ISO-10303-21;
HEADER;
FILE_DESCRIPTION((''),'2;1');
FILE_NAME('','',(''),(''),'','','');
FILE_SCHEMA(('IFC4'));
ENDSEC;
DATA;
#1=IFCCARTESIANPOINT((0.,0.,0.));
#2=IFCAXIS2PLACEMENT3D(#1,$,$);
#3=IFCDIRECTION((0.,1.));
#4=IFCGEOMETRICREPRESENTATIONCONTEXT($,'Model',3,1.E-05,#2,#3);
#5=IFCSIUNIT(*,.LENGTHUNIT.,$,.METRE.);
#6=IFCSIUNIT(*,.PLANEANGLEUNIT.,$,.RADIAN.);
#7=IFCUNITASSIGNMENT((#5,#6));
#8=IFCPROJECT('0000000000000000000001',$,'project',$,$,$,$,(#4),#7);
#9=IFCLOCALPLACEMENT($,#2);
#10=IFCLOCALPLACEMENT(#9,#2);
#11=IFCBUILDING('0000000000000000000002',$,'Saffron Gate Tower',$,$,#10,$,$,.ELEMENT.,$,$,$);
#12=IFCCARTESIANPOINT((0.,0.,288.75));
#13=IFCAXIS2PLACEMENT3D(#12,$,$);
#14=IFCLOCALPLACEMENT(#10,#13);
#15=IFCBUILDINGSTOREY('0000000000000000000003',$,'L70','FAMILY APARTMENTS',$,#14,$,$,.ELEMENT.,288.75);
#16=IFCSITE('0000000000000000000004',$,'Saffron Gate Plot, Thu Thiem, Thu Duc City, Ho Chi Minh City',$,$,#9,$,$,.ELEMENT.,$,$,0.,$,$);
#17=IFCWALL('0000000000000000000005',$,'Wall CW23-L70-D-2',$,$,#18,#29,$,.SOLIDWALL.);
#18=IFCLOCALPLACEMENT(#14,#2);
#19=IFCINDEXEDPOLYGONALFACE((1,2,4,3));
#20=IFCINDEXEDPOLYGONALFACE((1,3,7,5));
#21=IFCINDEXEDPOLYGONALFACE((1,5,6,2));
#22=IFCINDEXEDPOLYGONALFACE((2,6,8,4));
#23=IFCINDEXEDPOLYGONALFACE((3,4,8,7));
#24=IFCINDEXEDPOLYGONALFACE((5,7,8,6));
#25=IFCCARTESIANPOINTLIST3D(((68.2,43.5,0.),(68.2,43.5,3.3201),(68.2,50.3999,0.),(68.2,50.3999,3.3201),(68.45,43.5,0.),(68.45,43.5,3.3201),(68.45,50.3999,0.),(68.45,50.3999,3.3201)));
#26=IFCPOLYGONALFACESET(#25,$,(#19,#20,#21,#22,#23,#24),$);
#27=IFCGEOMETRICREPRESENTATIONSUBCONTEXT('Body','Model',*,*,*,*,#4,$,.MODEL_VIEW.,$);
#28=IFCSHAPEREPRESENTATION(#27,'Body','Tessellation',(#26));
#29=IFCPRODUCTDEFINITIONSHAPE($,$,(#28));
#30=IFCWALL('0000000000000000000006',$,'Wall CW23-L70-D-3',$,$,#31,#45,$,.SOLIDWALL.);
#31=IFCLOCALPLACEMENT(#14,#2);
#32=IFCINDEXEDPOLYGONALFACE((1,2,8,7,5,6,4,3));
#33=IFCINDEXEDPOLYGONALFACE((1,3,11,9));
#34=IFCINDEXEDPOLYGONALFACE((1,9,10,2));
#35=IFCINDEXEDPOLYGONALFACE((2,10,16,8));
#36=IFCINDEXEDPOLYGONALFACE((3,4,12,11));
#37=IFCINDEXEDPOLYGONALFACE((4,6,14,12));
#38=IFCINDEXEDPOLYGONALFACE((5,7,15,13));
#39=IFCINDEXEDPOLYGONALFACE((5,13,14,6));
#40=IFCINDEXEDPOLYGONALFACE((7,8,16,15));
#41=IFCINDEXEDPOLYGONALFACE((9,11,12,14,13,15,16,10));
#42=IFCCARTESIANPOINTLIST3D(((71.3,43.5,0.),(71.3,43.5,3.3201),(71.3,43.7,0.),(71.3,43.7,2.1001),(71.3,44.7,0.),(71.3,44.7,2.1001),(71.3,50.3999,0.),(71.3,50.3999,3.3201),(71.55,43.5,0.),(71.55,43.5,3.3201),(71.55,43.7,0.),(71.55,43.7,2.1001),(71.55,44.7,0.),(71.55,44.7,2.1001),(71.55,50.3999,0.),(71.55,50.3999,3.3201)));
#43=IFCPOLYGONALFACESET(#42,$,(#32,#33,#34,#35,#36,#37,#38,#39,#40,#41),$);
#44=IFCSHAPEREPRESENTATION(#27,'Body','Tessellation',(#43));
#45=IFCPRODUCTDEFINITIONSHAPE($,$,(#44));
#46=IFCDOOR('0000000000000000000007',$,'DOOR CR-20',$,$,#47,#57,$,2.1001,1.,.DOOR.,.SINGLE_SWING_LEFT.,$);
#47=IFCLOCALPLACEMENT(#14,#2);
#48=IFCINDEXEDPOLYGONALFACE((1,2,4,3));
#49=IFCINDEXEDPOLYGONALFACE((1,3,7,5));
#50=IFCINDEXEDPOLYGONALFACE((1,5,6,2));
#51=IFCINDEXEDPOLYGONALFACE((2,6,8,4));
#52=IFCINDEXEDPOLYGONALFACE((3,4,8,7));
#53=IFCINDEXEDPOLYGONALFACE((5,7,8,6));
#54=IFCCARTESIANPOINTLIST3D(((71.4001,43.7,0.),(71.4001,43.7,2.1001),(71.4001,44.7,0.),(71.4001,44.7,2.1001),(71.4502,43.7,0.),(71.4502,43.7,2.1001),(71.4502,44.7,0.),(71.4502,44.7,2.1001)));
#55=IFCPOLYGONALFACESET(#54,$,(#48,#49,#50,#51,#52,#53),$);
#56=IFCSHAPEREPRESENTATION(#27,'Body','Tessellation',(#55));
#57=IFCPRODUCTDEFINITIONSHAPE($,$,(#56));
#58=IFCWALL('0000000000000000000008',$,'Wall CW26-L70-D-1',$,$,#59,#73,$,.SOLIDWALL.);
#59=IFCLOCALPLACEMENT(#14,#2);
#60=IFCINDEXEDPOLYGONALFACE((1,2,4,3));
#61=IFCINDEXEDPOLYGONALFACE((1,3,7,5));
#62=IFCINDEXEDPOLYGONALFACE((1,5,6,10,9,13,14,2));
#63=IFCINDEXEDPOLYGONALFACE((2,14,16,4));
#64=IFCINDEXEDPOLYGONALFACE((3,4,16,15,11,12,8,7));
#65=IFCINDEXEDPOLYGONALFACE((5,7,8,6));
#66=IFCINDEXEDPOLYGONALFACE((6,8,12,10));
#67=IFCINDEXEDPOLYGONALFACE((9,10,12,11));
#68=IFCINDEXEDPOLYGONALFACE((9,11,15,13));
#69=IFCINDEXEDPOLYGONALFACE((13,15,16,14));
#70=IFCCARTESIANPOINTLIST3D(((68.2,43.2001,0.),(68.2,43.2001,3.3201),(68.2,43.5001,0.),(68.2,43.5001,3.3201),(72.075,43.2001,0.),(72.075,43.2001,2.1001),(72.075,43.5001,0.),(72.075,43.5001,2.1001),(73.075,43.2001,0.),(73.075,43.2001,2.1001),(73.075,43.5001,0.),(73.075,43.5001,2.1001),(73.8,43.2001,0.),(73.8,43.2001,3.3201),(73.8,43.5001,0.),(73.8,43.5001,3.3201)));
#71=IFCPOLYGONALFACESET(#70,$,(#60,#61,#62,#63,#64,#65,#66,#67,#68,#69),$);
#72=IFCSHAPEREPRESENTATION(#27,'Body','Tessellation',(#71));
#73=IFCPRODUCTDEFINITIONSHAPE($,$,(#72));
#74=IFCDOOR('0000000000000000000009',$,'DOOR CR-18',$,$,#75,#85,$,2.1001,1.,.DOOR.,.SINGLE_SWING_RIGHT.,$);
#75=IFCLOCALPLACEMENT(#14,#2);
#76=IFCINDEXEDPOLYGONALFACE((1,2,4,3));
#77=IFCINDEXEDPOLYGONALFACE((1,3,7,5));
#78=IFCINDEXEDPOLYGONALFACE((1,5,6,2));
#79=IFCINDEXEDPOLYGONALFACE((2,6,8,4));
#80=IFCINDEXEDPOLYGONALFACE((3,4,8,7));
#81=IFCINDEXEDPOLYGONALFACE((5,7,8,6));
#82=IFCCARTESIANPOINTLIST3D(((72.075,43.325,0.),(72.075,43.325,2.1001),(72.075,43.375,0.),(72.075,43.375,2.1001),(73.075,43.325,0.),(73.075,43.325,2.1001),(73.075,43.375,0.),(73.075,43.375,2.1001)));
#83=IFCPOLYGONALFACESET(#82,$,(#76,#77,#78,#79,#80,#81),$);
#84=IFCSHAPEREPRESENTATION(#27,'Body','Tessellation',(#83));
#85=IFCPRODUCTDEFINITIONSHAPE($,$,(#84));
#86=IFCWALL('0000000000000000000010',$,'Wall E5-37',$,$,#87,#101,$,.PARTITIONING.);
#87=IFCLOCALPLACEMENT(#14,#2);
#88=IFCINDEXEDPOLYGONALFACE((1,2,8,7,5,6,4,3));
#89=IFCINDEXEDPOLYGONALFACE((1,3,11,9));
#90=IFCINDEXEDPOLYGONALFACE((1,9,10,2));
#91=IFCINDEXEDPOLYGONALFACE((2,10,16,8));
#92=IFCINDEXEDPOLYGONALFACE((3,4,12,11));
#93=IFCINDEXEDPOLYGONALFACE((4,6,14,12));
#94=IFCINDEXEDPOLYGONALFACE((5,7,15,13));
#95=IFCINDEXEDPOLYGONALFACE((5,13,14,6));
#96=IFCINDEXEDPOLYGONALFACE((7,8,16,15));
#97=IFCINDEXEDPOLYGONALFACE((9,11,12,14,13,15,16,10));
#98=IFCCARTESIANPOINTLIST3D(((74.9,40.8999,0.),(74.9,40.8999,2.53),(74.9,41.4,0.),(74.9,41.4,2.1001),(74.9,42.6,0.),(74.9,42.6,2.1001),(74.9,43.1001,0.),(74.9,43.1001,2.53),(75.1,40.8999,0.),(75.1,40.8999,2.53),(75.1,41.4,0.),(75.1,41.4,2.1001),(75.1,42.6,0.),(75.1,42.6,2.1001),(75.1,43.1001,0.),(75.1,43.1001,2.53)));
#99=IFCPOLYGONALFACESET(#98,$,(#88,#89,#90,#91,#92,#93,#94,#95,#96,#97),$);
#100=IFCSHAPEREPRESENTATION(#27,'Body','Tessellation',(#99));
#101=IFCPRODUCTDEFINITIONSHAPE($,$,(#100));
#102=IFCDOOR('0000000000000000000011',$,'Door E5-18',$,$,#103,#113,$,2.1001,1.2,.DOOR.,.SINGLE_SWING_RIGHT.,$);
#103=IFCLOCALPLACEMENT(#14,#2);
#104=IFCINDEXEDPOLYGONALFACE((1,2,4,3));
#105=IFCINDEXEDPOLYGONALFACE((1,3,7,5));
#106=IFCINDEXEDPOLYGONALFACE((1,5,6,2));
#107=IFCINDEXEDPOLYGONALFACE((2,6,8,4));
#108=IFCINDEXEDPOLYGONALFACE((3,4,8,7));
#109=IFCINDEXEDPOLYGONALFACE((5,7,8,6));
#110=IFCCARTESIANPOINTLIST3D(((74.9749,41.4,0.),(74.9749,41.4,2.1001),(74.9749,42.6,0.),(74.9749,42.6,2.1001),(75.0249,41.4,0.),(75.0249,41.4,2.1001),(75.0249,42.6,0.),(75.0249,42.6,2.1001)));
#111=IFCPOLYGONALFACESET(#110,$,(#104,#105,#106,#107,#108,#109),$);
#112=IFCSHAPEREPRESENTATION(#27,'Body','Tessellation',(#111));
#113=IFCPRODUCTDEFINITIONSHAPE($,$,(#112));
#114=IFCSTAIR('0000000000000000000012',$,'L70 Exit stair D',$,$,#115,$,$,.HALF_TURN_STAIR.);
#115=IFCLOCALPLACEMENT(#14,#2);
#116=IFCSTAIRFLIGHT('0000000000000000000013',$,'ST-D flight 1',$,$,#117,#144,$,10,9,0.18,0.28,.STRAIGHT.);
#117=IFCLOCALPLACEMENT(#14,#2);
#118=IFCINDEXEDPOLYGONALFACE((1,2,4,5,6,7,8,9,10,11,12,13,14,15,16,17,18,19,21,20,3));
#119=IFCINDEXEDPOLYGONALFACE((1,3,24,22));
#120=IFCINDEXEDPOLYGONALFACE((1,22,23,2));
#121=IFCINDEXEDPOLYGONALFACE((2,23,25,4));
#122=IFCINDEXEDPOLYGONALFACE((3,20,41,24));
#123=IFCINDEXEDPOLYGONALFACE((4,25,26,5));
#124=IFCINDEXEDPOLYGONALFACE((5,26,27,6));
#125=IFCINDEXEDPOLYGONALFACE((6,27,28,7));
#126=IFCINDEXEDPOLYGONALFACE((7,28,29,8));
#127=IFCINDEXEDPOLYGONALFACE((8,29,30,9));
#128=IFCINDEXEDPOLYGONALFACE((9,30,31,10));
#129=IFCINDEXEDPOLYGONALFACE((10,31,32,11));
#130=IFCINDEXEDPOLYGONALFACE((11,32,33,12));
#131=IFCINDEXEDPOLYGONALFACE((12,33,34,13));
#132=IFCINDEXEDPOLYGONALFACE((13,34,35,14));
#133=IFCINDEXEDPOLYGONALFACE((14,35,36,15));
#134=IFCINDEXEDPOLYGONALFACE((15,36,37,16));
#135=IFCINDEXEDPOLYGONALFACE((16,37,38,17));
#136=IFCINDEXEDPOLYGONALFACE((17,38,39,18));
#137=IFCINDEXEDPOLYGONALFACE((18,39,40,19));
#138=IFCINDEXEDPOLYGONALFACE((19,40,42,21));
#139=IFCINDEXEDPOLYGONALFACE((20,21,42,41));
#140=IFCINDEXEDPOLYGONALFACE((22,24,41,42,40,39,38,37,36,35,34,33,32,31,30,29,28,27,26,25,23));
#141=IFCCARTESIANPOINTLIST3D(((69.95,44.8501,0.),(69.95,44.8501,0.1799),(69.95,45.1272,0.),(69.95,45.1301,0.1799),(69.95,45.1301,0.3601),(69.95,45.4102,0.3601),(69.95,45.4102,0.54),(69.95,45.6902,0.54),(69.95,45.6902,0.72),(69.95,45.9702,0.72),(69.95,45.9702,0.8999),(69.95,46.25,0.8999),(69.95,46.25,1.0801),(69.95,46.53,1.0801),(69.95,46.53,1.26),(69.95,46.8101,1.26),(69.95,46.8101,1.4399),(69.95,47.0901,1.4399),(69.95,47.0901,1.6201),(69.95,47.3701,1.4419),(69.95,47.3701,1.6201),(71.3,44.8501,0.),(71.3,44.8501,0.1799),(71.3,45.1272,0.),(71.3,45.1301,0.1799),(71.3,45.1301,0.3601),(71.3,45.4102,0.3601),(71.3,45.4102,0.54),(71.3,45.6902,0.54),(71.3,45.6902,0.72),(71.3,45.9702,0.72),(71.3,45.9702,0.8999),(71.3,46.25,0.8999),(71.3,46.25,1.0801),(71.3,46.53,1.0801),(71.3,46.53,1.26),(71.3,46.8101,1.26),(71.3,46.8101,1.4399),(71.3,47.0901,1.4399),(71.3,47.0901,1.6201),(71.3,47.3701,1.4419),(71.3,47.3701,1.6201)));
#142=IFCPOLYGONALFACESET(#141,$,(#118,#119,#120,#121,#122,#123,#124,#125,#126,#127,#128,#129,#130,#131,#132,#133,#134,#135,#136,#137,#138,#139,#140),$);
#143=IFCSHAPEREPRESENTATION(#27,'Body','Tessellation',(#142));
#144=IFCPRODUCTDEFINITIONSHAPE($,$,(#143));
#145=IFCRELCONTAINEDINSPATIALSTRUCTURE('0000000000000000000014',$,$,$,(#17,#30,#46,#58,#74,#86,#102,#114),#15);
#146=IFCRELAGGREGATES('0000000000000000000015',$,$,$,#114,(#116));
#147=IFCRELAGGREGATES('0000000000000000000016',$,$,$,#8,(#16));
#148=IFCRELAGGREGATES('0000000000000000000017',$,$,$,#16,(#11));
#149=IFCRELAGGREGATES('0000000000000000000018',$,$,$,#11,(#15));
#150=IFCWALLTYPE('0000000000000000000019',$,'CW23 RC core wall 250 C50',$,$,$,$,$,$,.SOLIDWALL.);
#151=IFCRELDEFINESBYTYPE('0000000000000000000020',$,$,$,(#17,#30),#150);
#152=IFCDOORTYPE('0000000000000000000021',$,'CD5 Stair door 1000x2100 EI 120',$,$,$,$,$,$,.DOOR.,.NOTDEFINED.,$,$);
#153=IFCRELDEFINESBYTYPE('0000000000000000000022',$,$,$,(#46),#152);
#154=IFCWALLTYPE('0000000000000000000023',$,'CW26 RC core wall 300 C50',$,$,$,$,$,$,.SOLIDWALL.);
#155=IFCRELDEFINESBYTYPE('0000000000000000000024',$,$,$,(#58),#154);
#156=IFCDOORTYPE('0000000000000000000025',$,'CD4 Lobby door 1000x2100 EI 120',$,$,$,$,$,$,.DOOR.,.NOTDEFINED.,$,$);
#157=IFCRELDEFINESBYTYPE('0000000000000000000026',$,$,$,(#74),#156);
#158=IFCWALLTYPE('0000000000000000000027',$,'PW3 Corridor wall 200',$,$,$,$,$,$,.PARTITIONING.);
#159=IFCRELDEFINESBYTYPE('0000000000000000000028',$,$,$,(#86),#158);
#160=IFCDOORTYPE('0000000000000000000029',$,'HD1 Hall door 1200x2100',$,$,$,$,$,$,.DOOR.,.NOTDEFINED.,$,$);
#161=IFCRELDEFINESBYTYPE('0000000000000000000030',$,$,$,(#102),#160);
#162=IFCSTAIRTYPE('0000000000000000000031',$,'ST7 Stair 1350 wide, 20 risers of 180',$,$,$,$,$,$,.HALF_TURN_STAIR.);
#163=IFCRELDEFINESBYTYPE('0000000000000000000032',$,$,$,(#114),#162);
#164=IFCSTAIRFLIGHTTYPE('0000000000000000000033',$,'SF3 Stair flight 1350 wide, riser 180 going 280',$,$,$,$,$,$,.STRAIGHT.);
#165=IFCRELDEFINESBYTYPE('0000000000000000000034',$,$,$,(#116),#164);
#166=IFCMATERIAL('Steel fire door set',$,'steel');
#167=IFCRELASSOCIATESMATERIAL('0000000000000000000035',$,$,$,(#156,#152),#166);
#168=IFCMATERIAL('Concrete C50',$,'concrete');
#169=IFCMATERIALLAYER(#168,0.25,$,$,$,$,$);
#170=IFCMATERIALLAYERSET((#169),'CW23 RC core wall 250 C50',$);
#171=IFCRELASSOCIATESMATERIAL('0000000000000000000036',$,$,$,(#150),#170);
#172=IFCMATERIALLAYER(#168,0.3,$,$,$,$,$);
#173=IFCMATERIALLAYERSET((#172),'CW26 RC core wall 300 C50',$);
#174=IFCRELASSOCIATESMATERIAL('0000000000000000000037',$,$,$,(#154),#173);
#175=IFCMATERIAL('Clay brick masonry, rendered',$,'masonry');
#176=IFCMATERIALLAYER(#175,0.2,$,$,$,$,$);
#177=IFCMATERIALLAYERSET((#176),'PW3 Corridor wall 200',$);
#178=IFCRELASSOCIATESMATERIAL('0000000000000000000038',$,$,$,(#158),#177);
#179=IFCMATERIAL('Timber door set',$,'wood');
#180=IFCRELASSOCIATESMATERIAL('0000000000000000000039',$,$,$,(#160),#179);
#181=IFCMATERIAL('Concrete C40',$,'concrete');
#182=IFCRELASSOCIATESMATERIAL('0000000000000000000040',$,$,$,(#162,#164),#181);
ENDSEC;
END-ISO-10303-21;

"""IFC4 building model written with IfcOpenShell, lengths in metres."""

from ifc_helpers import new_model, si_unit, direction, frame, frame_2d, origin, place, context, subcontext, project, spatial, polyline, rectangle, outline, extrude, material, layer, layer_set, type_object, element, fill, aggregate, save


model = new_model("IFC4")

# Units and contexts
model_context = context("Model", 3, precision=1e-05, world=origin(), true_north=direction((0.0, 1.0)))
body_context = subcontext(model_context, "Body", "Model", "MODEL_VIEW")
ifc_project = project(units=[si_unit("LENGTHUNIT", "METRE"), si_unit("PLANEANGLEUNIT", "RADIAN")], contexts=[model_context])

# Site, building, storey
site_placement = place(None, origin())
site = spatial("IfcSite", under=ifc_project, at=site_placement, Name="Saffron Gate Plot, Thu Thiem, Thu Duc City, Ho Chi Minh City", CompositionType="ELEMENT", RefElevation=0.0)
building_placement = place(site_placement, origin())
building = spatial("IfcBuilding", under=site, at=building_placement, Name="Saffron Gate Tower", CompositionType="ELEMENT")
storey_placement = place(building_placement, frame((0.0, 0.0, 288.75)))
storey = spatial("IfcBuildingStorey", under=building, at=storey_placement, Name="L70", Description="FAMILY APARTMENTS", CompositionType="ELEMENT", Elevation=288.75)

# Shared definitions
ifc_material_1 = material(Name="Concrete C40", Category="concrete")

# Shared definitions
ifc_material_2 = material(Name="Steel fire door set", Category="steel")
door_type_1 = type_object("IfcDoorType", Name="CD4 Lobby door 1000x2100 EI 120", OperationType="NOTDEFINED", PredefinedType="DOOR", material=ifc_material_2)

# Wall
ifc_material_3 = material(Name="Concrete C50", Category="concrete")
ifc_layer_1 = layer(ifc_material_3, 0.25)
ifc_layer_set_1 = layer_set([ifc_layer_1], Name="CW23 RC core wall 250 C50")
wall_type_1 = type_object("IfcWallType", Name="CW23 RC core wall 250 C50", PredefinedType="SOLIDWALL", material=ifc_layer_set_1)
wall_1_placement = place(storey_placement, frame((68.325, 43.5, 0.0), z_axis=(0.0, 0.0, 1.0), x_axis=(0.0, 1.0, 0.0)))
element("IfcWall", 1, at=wall_1_placement, inside=storey, type_object=wall_type_1, Name="Wall CW23-L70-D-2", PredefinedType="SOLIDWALL", context=body_context, shape_type="SweptSolid", body=[
    extrude(rectangle(XDim=6.8999, YDim=0.25, at=frame_2d((3.45, 0.0))), origin(), (0.0, 0.0, 1.0), 3.3201),
])

# Walls, openings, doors
wall_2_placement = place(storey_placement, frame((71.425, 43.5, 0.0), z_axis=(0.0, 0.0, 1.0), x_axis=(0.0, 1.0, 0.0)))
wall_2 = element("IfcWall", 2, at=wall_2_placement, inside=storey, type_object=wall_type_1, Name="Wall CW23-L70-D-3", PredefinedType="SOLIDWALL", context=body_context, shape_type="SweptSolid", body=[
    extrude(rectangle(XDim=6.8999, YDim=0.25, at=frame_2d((3.45, 0.0))), origin(), (0.0, 0.0, 1.0), 3.3201),
])
opening_1_placement = place(wall_2_placement, frame((0.2, 0.0, 0.0)))
opening_1 = element("IfcOpeningElement", 3, at=opening_1_placement, cuts=wall_2, PredefinedType="OPENING", context=body_context, shape_type="SweptSolid", body=[
    extrude(rectangle(XDim=1.0, YDim=2.1001, at=frame_2d((0.5, 1.05))), frame((0.0, 0.135, 0.0), z_axis=(0.0, -1.0, 0.0), x_axis=(1.0, 0.0, 0.0)), (0.0, 0.0, 1.0), 0.27),
])
door_type_2 = type_object("IfcDoorType", Name="CD5 Stair door 1000x2100 EI 120", OperationType="NOTDEFINED", PredefinedType="DOOR", material=ifc_material_2)
door_1_placement = place(opening_1_placement, origin())
door_1 = element("IfcDoor", 4, at=door_1_placement, inside=storey, type_object=door_type_2, Name="DOOR CR-20", OperationType="SINGLE_SWING_LEFT", OverallHeight=2.1001, OverallWidth=1.0, PredefinedType="DOOR", context=body_context, shape_type="SweptSolid", body=[
    extrude(rectangle(XDim=1.0, YDim=2.1001, at=frame_2d((0.5, 1.05))), frame((0.0, 0.0249, 0.0), z_axis=(0.0, -1.0, 0.0), x_axis=(1.0, 0.0, 0.0)), (0.0, 0.0, 1.0), 0.05),
])
fill(opening_1, door_1)
ifc_layer_2 = layer(ifc_material_3, 0.3)
ifc_layer_set_2 = layer_set([ifc_layer_2], Name="CW26 RC core wall 300 C50")
wall_type_2 = type_object("IfcWallType", Name="CW26 RC core wall 300 C50", PredefinedType="SOLIDWALL", material=ifc_layer_set_2)
wall_3_placement = place(storey_placement, frame((68.2, 43.3501, 0.0), z_axis=(0.0, 0.0, 1.0), x_axis=(1.0, 0.0, 0.0)))
wall_3 = element("IfcWall", 5, at=wall_3_placement, inside=storey, type_object=wall_type_2, Name="Wall CW26-L70-D-1", PredefinedType="SOLIDWALL", context=body_context, shape_type="SweptSolid", body=[
    extrude(rectangle(XDim=5.6001, YDim=0.3, at=frame_2d((2.8, 0.0))), origin(), (0.0, 0.0, 1.0), 3.3201),
])
opening_2_placement = place(wall_3_placement, frame((3.875, 0.0, 0.0)))
opening_2 = element("IfcOpeningElement", 6, at=opening_2_placement, cuts=wall_3, PredefinedType="OPENING", context=body_context, shape_type="SweptSolid", body=[
    extrude(rectangle(XDim=1.0, YDim=2.1001, at=frame_2d((0.5, 1.05))), frame((0.0, 0.1602, 0.0), z_axis=(0.0, -1.0, 0.0), x_axis=(1.0, 0.0, 0.0)), (0.0, 0.0, 1.0), 0.3201),
])
door_2_placement = place(opening_2_placement, origin())
door_2 = element("IfcDoor", 7, at=door_2_placement, inside=storey, type_object=door_type_1, Name="DOOR CR-18", OperationType="SINGLE_SWING_RIGHT", OverallHeight=2.1001, OverallWidth=1.0, PredefinedType="DOOR", context=body_context, shape_type="SweptSolid", body=[
    extrude(rectangle(XDim=1.0, YDim=2.1001, at=frame_2d((0.5, 1.05))), frame((0.0, 0.0249, 0.0), z_axis=(0.0, -1.0, 0.0), x_axis=(1.0, 0.0, 0.0)), (0.0, 0.0, 1.0), 0.05),
])
fill(opening_2, door_2)
ifc_material_4 = material(Name="Clay brick masonry, rendered", Category="masonry")
ifc_layer_3 = layer(ifc_material_4, 0.2)
ifc_layer_set_3 = layer_set([ifc_layer_3], Name="PW3 Corridor wall 200")
wall_type_3 = type_object("IfcWallType", Name="PW3 Corridor wall 200", PredefinedType="PARTITIONING", material=ifc_layer_set_3)
wall_4_placement = place(storey_placement, frame((75.0, 43.1001, 0.0), z_axis=(0.0, 0.0, 1.0), x_axis=(0.0, -1.0, 0.0)))
wall_4 = element("IfcWall", 8, at=wall_4_placement, inside=storey, type_object=wall_type_3, Name="Wall E5-37", PredefinedType="PARTITIONING", context=body_context, shape_type="SweptSolid", body=[
    extrude(rectangle(XDim=2.2002, YDim=0.2, at=frame_2d((1.1001, 0.0))), origin(), (0.0, 0.0, 1.0), 2.53),
])
opening_3_placement = place(wall_4_placement, frame((0.5, 0.0, 0.0)))
opening_3 = element("IfcOpeningElement", 9, at=opening_3_placement, cuts=wall_4, PredefinedType="OPENING", context=body_context, shape_type="SweptSolid", body=[
    extrude(rectangle(XDim=1.2, YDim=2.1001, at=frame_2d((0.6001, 1.05))), frame((0.0, 0.1099, 0.0), z_axis=(0.0, -1.0, 0.0), x_axis=(1.0, 0.0, 0.0)), (0.0, 0.0, 1.0), 0.22),
])
ifc_material_5 = material(Name="Timber door set", Category="wood")
door_type_3 = type_object("IfcDoorType", Name="HD1 Hall door 1200x2100", OperationType="NOTDEFINED", PredefinedType="DOOR", material=ifc_material_5)
door_3_placement = place(opening_3_placement, origin())
door_3 = element("IfcDoor", 10, at=door_3_placement, inside=storey, type_object=door_type_3, Name="Door E5-18", OperationType="SINGLE_SWING_RIGHT", OverallHeight=2.1001, OverallWidth=1.2, PredefinedType="DOOR", context=body_context, shape_type="SweptSolid", body=[
    extrude(rectangle(XDim=1.2, YDim=2.1001, at=frame_2d((0.6001, 1.05))), frame((0.0, 0.0249, 0.0), z_axis=(0.0, -1.0, 0.0), x_axis=(1.0, 0.0, 0.0)), (0.0, 0.0, 1.0), 0.05),
])
fill(opening_3, door_3)

# Stair, stair flight
stair_type = type_object("IfcStairType", Name="ST7 Stair 1350 wide, 20 risers of 180", PredefinedType="HALF_TURN_STAIR", material=ifc_material_1)
stair_placement = place(storey_placement, origin())
stair = element("IfcStair", 11, at=stair_placement, inside=storey, type_object=stair_type, Name="L70 Exit stair D", PredefinedType="HALF_TURN_STAIR")
stair_flight_type = type_object("IfcStairFlightType", Name="SF3 Stair flight 1350 wide, riser 180 going 280", PredefinedType="STRAIGHT", material=ifc_material_1)
stair_flight_placement = place(storey_placement, frame((70.625, 44.8501, 0.0), z_axis=(0.0, 0.0, 1.0), x_axis=(0.0, 1.0, 0.0)))
stair_flight = element("IfcStairFlight", 12, at=stair_flight_placement, type_object=stair_flight_type, Name="ST-D flight 1", NumberOfRisers=10, NumberOfTreads=9, PredefinedType="STRAIGHT", RiserHeight=0.18, TreadLength=0.28, context=body_context, shape_type="SweptSolid", body=[
    extrude(outline(polyline([(0.0, 0.0), (0.0, 0.1799), (0.28, 0.1799), (0.28, 0.3601), (0.5601, 0.3601), (0.5601, 0.54), (0.8401, 0.54), (0.8401, 0.72), (1.1201, 0.72), (1.1201, 0.8999), (1.3999, 0.8999), (1.3999, 1.0801), (1.6799, 1.0801), (1.6799, 1.26), (1.96, 1.26), (1.96, 1.4399), (2.24, 1.4399), (2.24, 1.6201), (2.52, 1.6201), (2.52, 1.8), (2.52, 1.4419), (0.2771, 0.0), (0.0, 0.0)])), frame((0.0, 0.675, 0.0), z_axis=(0.0, -1.0, 0.0), x_axis=(1.0, 0.0, 0.0)), (0.0, 0.0, 1.0), 1.3501),
])
aggregate(stair, [stair_flight])

save(model, "model.ifc")
